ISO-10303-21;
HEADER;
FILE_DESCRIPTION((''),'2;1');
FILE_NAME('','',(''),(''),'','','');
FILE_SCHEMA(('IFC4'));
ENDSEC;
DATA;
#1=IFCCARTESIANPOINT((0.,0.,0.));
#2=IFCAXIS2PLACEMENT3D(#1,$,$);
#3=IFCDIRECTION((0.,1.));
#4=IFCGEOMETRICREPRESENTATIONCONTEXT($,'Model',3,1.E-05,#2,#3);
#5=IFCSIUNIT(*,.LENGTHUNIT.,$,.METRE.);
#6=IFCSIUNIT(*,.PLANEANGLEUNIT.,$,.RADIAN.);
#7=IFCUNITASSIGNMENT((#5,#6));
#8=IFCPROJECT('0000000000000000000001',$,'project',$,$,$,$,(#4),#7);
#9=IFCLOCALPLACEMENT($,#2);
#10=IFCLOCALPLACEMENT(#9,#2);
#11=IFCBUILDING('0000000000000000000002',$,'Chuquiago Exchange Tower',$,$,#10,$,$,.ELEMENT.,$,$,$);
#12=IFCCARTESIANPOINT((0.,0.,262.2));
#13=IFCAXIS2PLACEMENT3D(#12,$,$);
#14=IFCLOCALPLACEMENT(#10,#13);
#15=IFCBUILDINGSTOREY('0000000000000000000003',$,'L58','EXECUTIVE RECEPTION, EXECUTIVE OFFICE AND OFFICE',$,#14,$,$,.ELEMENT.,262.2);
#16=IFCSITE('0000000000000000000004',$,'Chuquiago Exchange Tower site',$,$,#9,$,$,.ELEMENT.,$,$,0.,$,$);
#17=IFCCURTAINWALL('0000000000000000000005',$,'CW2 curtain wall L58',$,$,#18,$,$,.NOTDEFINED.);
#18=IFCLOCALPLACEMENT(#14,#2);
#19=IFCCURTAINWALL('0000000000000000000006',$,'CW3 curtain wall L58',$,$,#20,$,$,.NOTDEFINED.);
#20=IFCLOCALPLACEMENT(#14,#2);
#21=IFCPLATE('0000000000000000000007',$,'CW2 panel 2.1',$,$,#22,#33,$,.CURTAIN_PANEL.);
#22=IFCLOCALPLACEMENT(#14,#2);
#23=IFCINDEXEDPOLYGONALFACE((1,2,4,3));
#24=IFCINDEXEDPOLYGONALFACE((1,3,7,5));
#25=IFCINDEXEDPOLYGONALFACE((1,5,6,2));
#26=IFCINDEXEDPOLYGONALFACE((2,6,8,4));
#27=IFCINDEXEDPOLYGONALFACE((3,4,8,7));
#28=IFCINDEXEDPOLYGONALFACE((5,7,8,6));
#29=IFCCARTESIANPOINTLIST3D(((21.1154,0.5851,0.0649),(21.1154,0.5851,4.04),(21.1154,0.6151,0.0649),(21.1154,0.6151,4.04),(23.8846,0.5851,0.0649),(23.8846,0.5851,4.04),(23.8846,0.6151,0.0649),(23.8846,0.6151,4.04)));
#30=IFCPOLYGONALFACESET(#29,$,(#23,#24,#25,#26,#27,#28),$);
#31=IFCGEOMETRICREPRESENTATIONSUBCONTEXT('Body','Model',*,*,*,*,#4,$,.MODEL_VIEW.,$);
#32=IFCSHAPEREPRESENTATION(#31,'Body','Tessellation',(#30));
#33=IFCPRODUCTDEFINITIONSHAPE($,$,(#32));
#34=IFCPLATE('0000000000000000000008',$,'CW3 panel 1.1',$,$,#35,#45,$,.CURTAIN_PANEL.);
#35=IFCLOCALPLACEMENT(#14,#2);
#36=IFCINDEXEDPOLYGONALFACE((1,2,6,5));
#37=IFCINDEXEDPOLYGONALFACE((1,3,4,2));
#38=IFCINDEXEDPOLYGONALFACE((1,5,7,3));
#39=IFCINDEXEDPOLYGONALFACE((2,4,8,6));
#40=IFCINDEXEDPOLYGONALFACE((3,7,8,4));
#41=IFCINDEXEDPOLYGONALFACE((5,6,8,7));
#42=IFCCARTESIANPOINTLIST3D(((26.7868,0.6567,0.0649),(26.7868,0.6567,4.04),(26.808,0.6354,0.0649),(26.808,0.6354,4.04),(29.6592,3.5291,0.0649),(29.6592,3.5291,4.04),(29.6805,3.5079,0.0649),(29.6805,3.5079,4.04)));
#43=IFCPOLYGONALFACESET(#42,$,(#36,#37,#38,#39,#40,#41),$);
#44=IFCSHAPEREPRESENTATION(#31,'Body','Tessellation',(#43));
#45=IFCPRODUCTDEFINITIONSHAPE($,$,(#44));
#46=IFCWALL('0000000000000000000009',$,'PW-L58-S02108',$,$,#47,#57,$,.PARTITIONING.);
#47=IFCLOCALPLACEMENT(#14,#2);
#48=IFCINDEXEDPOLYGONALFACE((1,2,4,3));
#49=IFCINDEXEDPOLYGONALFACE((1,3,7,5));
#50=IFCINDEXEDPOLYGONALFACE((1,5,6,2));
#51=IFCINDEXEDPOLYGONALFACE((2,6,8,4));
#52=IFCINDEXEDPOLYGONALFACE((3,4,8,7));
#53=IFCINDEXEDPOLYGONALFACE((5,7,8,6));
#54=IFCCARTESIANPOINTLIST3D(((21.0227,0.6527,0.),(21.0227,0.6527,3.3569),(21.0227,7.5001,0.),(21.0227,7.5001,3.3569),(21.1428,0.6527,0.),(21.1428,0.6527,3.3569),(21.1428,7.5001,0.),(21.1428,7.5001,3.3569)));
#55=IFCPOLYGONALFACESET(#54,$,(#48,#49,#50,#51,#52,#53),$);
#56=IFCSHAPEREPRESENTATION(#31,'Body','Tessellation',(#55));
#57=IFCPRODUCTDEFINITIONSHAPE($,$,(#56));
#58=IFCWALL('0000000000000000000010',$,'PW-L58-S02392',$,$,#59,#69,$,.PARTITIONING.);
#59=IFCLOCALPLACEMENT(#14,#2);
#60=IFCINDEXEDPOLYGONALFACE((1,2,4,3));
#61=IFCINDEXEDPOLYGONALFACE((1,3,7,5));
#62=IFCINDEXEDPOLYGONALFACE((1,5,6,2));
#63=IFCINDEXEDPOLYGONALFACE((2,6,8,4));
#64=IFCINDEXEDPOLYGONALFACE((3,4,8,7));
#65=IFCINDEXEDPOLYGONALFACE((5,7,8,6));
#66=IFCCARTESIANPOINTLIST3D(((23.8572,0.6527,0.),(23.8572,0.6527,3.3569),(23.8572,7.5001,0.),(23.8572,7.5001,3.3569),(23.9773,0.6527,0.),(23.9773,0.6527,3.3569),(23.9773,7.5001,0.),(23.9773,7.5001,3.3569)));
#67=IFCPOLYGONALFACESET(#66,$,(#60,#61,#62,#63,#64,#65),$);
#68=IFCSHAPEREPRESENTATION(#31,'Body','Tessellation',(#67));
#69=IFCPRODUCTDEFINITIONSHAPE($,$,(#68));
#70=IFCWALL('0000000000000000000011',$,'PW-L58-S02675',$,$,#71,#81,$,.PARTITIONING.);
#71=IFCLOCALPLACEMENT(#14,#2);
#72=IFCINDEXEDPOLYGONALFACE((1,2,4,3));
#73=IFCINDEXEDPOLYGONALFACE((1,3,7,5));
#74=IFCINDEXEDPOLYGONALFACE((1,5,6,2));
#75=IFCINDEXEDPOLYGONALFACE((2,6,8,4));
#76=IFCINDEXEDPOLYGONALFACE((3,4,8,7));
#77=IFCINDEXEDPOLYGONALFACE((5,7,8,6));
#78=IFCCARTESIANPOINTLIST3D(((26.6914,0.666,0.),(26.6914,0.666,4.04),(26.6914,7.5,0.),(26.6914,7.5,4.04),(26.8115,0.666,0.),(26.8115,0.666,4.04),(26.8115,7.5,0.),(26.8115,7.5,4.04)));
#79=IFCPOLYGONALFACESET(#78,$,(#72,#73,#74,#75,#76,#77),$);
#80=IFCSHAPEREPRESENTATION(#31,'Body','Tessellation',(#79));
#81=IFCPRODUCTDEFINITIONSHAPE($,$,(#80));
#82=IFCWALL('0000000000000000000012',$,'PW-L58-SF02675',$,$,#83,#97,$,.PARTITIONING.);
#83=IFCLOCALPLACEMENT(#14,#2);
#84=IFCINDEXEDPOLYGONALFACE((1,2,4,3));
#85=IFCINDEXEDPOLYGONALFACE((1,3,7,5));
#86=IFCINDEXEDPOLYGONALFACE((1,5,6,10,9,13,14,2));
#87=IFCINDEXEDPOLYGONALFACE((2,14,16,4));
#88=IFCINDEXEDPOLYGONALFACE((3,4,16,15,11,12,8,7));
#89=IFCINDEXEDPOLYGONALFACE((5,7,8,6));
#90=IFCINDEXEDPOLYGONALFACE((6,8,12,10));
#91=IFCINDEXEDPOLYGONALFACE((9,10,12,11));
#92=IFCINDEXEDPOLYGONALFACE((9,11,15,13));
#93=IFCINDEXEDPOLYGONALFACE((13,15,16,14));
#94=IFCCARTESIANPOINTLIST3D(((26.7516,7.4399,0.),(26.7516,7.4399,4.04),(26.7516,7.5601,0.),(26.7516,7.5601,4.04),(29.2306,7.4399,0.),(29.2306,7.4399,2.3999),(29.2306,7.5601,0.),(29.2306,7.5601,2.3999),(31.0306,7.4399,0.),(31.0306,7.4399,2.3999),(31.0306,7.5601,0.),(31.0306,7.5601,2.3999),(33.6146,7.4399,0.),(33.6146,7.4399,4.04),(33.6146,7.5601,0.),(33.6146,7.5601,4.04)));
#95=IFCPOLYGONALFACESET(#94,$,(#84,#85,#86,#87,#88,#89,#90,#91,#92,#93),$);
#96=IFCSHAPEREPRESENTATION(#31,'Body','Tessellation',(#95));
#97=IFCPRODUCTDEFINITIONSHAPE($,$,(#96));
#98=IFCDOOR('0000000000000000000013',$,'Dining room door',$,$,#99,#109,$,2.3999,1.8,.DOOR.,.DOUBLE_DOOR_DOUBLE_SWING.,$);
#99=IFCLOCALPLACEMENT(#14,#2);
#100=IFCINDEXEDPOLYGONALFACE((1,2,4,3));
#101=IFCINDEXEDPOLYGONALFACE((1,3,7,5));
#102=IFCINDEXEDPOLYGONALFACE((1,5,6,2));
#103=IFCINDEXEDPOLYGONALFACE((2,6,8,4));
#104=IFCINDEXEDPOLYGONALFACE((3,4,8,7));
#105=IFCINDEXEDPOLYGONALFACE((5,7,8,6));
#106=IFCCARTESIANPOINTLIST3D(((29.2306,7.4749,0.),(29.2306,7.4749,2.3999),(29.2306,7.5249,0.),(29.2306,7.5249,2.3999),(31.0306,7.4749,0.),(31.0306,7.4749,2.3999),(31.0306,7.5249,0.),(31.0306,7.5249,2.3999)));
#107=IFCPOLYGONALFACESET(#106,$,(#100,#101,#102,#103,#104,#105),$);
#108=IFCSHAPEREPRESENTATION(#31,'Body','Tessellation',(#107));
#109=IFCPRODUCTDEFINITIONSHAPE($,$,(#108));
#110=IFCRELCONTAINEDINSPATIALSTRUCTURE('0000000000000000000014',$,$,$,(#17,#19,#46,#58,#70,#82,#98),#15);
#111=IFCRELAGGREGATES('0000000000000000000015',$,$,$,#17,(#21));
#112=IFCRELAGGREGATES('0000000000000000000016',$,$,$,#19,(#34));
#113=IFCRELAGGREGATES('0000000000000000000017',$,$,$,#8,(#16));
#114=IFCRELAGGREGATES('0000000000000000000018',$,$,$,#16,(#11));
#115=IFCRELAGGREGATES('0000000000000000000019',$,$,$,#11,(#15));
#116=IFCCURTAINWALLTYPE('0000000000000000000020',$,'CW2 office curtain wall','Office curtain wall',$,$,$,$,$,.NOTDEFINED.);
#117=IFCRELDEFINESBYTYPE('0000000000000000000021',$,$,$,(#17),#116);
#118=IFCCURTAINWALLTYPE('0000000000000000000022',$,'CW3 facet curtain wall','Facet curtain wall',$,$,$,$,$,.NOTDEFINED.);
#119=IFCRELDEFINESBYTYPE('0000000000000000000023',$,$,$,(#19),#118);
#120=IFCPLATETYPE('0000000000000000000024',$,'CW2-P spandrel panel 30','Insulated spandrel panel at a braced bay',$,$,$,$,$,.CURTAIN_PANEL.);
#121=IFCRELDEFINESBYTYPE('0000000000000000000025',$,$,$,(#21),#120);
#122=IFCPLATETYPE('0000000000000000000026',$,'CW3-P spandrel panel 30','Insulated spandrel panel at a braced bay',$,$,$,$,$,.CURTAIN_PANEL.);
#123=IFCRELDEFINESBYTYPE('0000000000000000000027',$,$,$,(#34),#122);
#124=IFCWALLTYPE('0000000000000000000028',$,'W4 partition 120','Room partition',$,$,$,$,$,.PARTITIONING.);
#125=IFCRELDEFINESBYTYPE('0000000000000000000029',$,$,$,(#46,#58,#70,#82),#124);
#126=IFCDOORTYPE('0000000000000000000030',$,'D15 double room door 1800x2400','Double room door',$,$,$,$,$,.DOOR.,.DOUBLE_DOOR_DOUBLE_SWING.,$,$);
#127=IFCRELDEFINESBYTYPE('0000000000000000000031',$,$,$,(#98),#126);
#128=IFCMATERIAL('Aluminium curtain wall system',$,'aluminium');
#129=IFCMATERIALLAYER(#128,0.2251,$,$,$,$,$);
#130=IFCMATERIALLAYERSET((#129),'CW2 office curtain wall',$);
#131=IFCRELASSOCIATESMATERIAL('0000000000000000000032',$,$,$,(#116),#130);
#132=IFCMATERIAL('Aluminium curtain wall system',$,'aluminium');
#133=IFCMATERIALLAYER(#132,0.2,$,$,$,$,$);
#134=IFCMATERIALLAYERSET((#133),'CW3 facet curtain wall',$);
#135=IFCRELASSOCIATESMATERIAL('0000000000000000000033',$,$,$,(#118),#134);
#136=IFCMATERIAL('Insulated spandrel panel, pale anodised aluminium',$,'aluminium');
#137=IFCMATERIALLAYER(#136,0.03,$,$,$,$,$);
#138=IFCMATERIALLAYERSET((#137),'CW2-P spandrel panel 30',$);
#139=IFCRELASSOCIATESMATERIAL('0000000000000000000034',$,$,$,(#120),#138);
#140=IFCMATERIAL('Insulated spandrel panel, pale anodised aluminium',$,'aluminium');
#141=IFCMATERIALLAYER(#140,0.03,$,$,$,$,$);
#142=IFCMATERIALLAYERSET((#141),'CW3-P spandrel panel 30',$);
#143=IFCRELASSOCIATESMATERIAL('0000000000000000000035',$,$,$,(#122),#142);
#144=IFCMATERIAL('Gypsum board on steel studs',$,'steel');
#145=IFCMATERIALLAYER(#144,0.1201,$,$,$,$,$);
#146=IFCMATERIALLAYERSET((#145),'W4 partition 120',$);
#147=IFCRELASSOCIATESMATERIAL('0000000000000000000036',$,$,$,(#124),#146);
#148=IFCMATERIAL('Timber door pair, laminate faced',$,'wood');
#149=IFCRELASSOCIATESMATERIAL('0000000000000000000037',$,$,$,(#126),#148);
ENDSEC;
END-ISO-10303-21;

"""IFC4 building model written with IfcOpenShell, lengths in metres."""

from ifc_helpers import new_model, si_unit, direction, frame, frame_2d, origin, origin_2d, place, context, subcontext, project, spatial, rectangle, extrude, material, layer, layer_set, type_object, element, fill, aggregate, save


model = new_model("IFC4")

# Units and contexts
model_context = context("Model", 3, precision=1e-05, world=origin(), true_north=direction((0.0, 1.0)))
body_context = subcontext(model_context, "Body", "Model", "MODEL_VIEW")
ifc_project = project(units=[si_unit("LENGTHUNIT", "METRE"), si_unit("PLANEANGLEUNIT", "RADIAN")], contexts=[model_context])

# Site, building, storey
site_placement = place(None, origin())
site = spatial("IfcSite", under=ifc_project, at=site_placement, Name="Chuquiago Exchange Tower site", CompositionType="ELEMENT", RefElevation=0.0)
building_placement = place(site_placement, origin())
building = spatial("IfcBuilding", under=site, at=building_placement, Name="Chuquiago Exchange Tower", CompositionType="ELEMENT")
storey_placement = place(building_placement, frame((0.0, 0.0, 262.2)))
storey = spatial("IfcBuildingStorey", under=building, at=storey_placement, Name="L58", Description="EXECUTIVE RECEPTION, EXECUTIVE OFFICE AND OFFICE", CompositionType="ELEMENT", Elevation=262.2)

# Curtain walls
ifc_material_1 = material(Name="Aluminium curtain wall system", Category="aluminium")
ifc_layer_1 = layer(ifc_material_1, 0.2251)
ifc_layer_set_1 = layer_set([ifc_layer_1], Name="CW2 office curtain wall")
curtain_wall_type_1 = type_object("IfcCurtainWallType", Name="CW2 office curtain wall", Description="Office curtain wall", PredefinedType="NOTDEFINED", material=ifc_layer_set_1)
curtain_wall_1_placement = place(storey_placement, origin())
curtain_wall_1 = element("IfcCurtainWall", 1, at=curtain_wall_1_placement, inside=storey, type_object=curtain_wall_type_1, Name="CW2 curtain wall L58", PredefinedType="NOTDEFINED")
ifc_material_2 = material(Name="Aluminium curtain wall system", Category="aluminium")
ifc_layer_2 = layer(ifc_material_2, 0.2)
ifc_layer_set_2 = layer_set([ifc_layer_2], Name="CW3 facet curtain wall")
curtain_wall_type_2 = type_object("IfcCurtainWallType", Name="CW3 facet curtain wall", Description="Facet curtain wall", PredefinedType="NOTDEFINED", material=ifc_layer_set_2)
curtain_wall_2_placement = place(storey_placement, origin())
curtain_wall_2 = element("IfcCurtainWall", 2, at=curtain_wall_2_placement, inside=storey, type_object=curtain_wall_type_2, Name="CW3 curtain wall L58", PredefinedType="NOTDEFINED")

# Plates
ifc_material_3 = material(Name="Insulated spandrel panel, pale anodised aluminium", Category="aluminium")
ifc_layer_3 = layer(ifc_material_3, 0.03)
ifc_layer_set_3 = layer_set([ifc_layer_3], Name="CW2-P spandrel panel 30")
plate_type_1 = type_object("IfcPlateType", Name="CW2-P spandrel panel 30", Description="Insulated spandrel panel at a braced bay", PredefinedType="CURTAIN_PANEL", material=ifc_layer_set_3)
plate_1_placement = place(storey_placement, frame((22.5, 0.6001, 0.0649), z_axis=(0.0, 0.0, 1.0), x_axis=(1.0, 0.0, 0.0)))
plate_1 = element("IfcPlate", 3, at=plate_1_placement, type_object=plate_type_1, Name="CW2 panel 2.1", PredefinedType="CURTAIN_PANEL", context=body_context, shape_type="SweptSolid", body=[
    extrude(rectangle(XDim=2.7693, YDim=0.03, at=origin_2d()), origin(), (0.0, 0.0, 1.0), 3.9751),
])
aggregate(curtain_wall_1, [plate_1])
ifc_material_4 = material(Name="Insulated spandrel panel, pale anodised aluminium", Category="aluminium")
ifc_layer_4 = layer(ifc_material_4, 0.03)
ifc_layer_set_4 = layer_set([ifc_layer_4], Name="CW3-P spandrel panel 30")
plate_type_2 = type_object("IfcPlateType", Name="CW3-P spandrel panel 30", Description="Insulated spandrel panel at a braced bay", PredefinedType="CURTAIN_PANEL", material=ifc_layer_set_4)
plate_2_placement = place(storey_placement, frame((28.2336, 2.0823, 0.0649), z_axis=(0.0, 0.0, 1.0), x_axis=(0.707107, 0.707107, 0.0)))
plate_2 = element("IfcPlate", 4, at=plate_2_placement, type_object=plate_type_2, Name="CW3 panel 1.1", PredefinedType="CURTAIN_PANEL", context=body_context, shape_type="SweptSolid", body=[
    extrude(rectangle(XDim=4.0623, YDim=0.03, at=origin_2d()), origin(), (0.0, 0.0, 1.0), 3.9751),
])
aggregate(curtain_wall_2, [plate_2])

# Walls
ifc_material_5 = material(Name="Gypsum board on steel studs", Category="steel")
ifc_layer_5 = layer(ifc_material_5, 0.1201)
ifc_layer_set_5 = layer_set([ifc_layer_5], Name="W4 partition 120")
wall_type = type_object("IfcWallType", Name="W4 partition 120", Description="Room partition", PredefinedType="PARTITIONING", material=ifc_layer_set_5)
for number, where, z_axis, x_axis, name in (
    (5, (21.0828, 0.6526, 0.0), (0.0, 0.0, 1.0), (0.0, 1.0, 0.0), "PW-L58-S02108"),
    (6, (23.9172, 0.6526, 0.0), (0.0, 0.0, 1.0), (0.0, 1.0, 0.0), "PW-L58-S02392"),
):
    element("IfcWall", number, at=place(storey_placement, frame(where, z_axis=z_axis, x_axis=x_axis)), inside=storey, type_object=wall_type, Name=name, PredefinedType="PARTITIONING", context=body_context, shape_type="SweptSolid", body=[
        extrude(rectangle(XDim=6.8474, YDim=0.1201, at=frame_2d((3.4238, 0.0))), origin(), (0.0, 0.0, 1.0), 3.3569),
    ])
wall_1_placement = place(storey_placement, frame((26.7515, 0.666, 0.0), z_axis=(0.0, 0.0, 1.0), x_axis=(0.0, 1.0, 0.0)))
element("IfcWall", 7, at=wall_1_placement, inside=storey, type_object=wall_type, Name="PW-L58-S02675", PredefinedType="PARTITIONING", context=body_context, shape_type="SweptSolid", body=[
    extrude(rectangle(XDim=6.834, YDim=0.1201, at=frame_2d((3.417, 0.0))), origin(), (0.0, 0.0, 1.0), 4.04),
])

# Wall, opening, door
wall_2_placement = place(storey_placement, frame((26.7515, 7.5, 0.0), z_axis=(0.0, 0.0, 1.0), x_axis=(1.0, 0.0, 0.0)))
wall_2 = element("IfcWall", 8, at=wall_2_placement, inside=storey, type_object=wall_type, Name="PW-L58-SF02675", PredefinedType="PARTITIONING", context=body_context, shape_type="SweptSolid", body=[
    extrude(rectangle(XDim=6.863, YDim=0.1201, at=frame_2d((3.4316, 0.0))), origin(), (0.0, 0.0, 1.0), 4.04),
])
opening_1_placement = place(wall_2_placement, frame((2.4792, 0.0, 0.0)))
opening_1 = element("IfcOpeningElement", 9, at=opening_1_placement, cuts=wall_2, PredefinedType="OPENING", context=body_context, shape_type="SweptSolid", body=[
    extrude(rectangle(XDim=1.8, YDim=2.3999, at=frame_2d((0.8999, 1.2))), frame((0.0, 0.0701, 0.0), z_axis=(0.0, -1.0, 0.0), x_axis=(1.0, 0.0, 0.0)), (0.0, 0.0, 1.0), 0.1401),
])
ifc_material_6 = material(Name="Timber door pair, laminate faced", Category="wood")
door_type_1 = type_object("IfcDoorType", Name="D15 double room door 1800x2400", Description="Double room door", OperationType="DOUBLE_DOOR_DOUBLE_SWING", PredefinedType="DOOR", material=ifc_material_6)
door_1_placement = place(opening_1_placement, origin())
door_1 = element("IfcDoor", 10, at=door_1_placement, inside=storey, type_object=door_type_1, Name="Dining room door", OperationType="DOUBLE_DOOR_DOUBLE_SWING", OverallHeight=2.3999, OverallWidth=1.8, PredefinedType="DOOR", context=body_context, shape_type="SweptSolid", body=[
    extrude(rectangle(XDim=1.8, YDim=2.3999, at=frame_2d((0.8999, 1.2))), frame((0.0, 0.0249, 0.0), z_axis=(0.0, -1.0, 0.0), x_axis=(1.0, 0.0, 0.0)), (0.0, 0.0, 1.0), 0.05),
])
fill(opening_1, door_1)

save(model, "model.ifc")
